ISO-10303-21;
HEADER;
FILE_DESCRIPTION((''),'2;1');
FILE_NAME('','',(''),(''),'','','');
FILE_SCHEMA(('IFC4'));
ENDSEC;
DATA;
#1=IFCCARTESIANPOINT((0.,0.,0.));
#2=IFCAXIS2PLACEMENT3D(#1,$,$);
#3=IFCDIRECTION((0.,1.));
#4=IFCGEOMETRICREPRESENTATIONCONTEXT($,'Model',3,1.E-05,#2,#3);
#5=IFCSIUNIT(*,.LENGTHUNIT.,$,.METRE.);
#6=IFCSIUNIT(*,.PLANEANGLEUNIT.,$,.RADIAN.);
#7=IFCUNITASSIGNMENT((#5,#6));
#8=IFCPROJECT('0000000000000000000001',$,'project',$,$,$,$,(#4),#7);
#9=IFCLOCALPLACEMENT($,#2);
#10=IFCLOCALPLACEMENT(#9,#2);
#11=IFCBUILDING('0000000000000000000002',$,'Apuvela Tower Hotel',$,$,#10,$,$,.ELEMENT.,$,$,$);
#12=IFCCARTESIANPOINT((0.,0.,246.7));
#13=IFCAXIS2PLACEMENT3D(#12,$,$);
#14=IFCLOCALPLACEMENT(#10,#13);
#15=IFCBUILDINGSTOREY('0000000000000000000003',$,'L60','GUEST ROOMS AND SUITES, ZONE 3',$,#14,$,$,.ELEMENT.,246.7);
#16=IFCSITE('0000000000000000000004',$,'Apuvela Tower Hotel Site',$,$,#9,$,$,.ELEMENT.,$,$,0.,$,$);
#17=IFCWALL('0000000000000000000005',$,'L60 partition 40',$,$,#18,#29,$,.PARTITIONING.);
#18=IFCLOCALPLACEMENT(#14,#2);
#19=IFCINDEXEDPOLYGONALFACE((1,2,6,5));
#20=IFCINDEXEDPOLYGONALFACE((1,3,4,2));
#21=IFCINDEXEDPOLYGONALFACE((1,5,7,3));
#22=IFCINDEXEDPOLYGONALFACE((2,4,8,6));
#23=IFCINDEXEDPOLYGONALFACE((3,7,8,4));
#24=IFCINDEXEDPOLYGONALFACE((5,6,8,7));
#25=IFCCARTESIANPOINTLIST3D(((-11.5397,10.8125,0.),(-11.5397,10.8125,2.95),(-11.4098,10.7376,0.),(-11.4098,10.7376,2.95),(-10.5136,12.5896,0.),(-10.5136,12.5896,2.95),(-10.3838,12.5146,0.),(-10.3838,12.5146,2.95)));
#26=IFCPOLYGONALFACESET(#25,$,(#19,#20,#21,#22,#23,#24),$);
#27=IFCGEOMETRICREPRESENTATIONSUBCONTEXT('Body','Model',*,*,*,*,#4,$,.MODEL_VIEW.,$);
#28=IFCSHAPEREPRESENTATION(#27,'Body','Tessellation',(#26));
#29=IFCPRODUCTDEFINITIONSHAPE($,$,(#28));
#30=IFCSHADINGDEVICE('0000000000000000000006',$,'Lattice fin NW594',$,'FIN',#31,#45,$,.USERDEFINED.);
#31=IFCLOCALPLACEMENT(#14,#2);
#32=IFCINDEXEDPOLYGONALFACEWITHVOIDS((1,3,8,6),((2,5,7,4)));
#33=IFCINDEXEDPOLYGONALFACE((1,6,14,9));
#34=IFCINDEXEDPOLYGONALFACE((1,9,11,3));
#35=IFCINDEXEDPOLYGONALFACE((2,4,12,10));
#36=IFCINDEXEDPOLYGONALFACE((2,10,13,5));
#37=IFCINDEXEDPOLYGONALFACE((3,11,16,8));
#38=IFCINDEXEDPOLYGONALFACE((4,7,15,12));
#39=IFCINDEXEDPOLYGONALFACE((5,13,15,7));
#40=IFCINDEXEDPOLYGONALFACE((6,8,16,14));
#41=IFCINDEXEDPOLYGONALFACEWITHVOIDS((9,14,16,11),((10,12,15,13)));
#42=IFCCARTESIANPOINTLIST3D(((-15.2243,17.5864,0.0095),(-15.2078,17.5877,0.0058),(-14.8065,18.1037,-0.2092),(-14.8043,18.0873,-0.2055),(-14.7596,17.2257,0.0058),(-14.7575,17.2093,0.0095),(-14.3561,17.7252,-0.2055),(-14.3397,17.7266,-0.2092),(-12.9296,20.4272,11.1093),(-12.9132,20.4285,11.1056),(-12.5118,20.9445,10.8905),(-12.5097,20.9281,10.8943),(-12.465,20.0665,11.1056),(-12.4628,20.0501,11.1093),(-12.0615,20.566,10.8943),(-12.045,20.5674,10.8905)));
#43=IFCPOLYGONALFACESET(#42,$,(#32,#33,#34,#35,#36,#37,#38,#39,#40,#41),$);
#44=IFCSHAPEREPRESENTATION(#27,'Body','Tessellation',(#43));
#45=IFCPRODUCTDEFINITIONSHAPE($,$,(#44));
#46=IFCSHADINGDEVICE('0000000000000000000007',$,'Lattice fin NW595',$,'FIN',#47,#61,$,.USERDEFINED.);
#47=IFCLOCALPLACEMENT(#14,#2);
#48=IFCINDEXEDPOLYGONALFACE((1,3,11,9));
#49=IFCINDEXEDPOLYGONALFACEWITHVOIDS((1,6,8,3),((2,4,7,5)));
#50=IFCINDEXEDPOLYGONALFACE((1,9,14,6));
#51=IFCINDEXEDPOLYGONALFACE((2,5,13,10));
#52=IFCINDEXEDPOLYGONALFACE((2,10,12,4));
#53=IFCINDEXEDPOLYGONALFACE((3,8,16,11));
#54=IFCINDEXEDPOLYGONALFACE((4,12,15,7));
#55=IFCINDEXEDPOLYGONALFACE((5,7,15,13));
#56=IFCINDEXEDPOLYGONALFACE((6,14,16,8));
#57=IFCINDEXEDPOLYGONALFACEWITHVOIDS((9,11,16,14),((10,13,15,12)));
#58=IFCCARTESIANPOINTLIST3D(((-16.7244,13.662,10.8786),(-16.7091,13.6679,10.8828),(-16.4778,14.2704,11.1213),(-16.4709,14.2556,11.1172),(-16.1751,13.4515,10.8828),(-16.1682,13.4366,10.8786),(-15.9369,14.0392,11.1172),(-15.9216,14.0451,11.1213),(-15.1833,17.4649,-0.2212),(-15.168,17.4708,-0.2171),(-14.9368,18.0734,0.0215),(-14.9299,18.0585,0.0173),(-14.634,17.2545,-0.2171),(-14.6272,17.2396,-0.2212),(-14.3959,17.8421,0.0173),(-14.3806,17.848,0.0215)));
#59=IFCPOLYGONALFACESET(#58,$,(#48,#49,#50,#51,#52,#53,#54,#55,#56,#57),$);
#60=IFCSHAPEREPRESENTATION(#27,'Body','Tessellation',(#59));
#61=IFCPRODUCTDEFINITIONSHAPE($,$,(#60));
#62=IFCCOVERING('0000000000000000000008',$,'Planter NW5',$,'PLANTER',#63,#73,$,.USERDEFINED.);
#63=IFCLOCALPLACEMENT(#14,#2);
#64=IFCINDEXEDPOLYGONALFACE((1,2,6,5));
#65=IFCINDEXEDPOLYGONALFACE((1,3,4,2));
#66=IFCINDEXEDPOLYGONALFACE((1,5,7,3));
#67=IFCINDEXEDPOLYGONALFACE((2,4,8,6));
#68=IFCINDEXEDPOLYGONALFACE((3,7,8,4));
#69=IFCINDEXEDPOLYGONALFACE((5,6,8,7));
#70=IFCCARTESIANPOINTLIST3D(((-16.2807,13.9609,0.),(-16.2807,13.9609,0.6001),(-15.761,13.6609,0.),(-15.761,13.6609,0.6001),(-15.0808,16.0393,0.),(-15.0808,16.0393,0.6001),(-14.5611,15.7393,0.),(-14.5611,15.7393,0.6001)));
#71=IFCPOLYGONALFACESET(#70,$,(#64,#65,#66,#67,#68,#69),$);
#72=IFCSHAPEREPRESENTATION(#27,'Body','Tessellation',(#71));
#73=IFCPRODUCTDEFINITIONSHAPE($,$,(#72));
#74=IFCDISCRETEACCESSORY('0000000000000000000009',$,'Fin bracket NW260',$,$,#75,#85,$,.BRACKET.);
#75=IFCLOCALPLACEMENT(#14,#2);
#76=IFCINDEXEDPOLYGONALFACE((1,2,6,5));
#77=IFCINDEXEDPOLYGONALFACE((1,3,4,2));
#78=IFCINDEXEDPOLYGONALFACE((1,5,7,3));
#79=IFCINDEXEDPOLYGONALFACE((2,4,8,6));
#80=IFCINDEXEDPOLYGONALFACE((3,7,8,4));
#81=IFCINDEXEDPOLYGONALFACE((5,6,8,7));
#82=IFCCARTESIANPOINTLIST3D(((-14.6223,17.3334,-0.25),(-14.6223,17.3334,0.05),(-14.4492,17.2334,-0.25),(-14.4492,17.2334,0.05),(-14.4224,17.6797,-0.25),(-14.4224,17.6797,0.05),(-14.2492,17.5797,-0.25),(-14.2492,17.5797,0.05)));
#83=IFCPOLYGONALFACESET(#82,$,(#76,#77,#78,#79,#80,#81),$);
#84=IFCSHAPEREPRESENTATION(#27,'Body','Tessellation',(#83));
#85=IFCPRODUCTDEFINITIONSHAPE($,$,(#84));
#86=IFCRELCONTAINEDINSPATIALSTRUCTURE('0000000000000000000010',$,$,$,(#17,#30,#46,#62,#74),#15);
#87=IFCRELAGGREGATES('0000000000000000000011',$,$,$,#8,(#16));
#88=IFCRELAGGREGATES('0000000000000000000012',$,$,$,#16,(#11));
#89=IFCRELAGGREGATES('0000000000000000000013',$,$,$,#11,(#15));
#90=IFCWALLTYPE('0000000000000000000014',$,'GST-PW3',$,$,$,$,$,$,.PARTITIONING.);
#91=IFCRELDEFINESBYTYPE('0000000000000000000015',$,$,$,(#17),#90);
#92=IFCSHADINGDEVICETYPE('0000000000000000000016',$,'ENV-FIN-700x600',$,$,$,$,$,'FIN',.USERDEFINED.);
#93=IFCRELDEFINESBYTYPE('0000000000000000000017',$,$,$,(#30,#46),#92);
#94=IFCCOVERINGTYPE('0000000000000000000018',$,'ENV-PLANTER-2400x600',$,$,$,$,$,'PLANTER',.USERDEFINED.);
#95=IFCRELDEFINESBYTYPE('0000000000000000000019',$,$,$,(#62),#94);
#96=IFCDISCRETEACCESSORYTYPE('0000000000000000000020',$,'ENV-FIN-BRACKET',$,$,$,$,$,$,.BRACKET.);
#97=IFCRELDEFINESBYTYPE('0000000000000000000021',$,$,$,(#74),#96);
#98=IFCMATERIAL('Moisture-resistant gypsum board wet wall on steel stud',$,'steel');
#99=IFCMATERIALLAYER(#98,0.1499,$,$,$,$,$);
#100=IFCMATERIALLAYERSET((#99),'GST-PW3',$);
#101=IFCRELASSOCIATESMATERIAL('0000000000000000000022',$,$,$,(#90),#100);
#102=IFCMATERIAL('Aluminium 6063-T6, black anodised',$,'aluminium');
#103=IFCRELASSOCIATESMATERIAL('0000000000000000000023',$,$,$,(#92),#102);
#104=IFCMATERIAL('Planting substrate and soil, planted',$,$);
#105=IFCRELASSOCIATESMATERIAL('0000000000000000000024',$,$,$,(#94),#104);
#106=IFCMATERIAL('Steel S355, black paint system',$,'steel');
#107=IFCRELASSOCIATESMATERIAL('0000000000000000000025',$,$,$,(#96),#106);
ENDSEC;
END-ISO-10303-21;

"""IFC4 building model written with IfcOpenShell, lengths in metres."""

from ifc_helpers import new_model, si_unit, direction, frame, frame_2d, origin, origin_2d, place, context, subcontext, project, spatial, rectangle, hollow_rectangle, extrude, material, layer, layer_set, material_profile, profile_set, type_object, element, save


model = new_model("IFC4")

# Units and contexts
model_context = context("Model", 3, precision=1e-05, world=origin(), true_north=direction((0.0, 1.0)))
body_context = subcontext(model_context, "Body", "Model", "MODEL_VIEW")
ifc_project = project(units=[si_unit("LENGTHUNIT", "METRE"), si_unit("PLANEANGLEUNIT", "RADIAN")], contexts=[model_context])

# Site, building, storey
site_placement = place(None, origin())
site = spatial("IfcSite", under=ifc_project, at=site_placement, Name="Apuvela Tower Hotel Site", CompositionType="ELEMENT", RefElevation=0.0)
building_placement = place(site_placement, origin())
building = spatial("IfcBuilding", under=site, at=building_placement, Name="Apuvela Tower Hotel", CompositionType="ELEMENT")
storey_placement = place(building_placement, frame((0.0, 0.0, 246.7)))
storey = spatial("IfcBuildingStorey", under=building, at=storey_placement, Name="L60", Description="GUEST ROOMS AND SUITES, ZONE 3", CompositionType="ELEMENT", Elevation=246.7)

# Wall
ifc_material_1 = material(Name="Moisture-resistant gypsum board wet wall on steel stud", Category="steel")
ifc_layer_1 = layer(ifc_material_1, 0.1499)
ifc_layer_set_1 = layer_set([ifc_layer_1], Name="GST-PW3")
wall_type_1 = type_object("IfcWallType", Name="GST-PW3", PredefinedType="PARTITIONING", material=ifc_layer_set_1)
wall_1_placement = place(storey_placement, frame((-10.4487, 12.552, 0.0), z_axis=(0.0, 0.0, 1.0), x_axis=(-0.500042, -0.866001, 0.0)))
element("IfcWall", 1, at=wall_1_placement, inside=storey, type_object=wall_type_1, Name="L60 partition 40", PredefinedType="PARTITIONING", context=body_context, shape_type="SweptSolid", body=[
    extrude(rectangle(XDim=2.052, YDim=0.1499, at=frame_2d((1.0259, 0.0))), origin(), (0.0, 0.0, 1.0), 2.95),
])

# Shading devices
ifc_material_2 = material(Name="Aluminium 6063-T6, black anodised", Category="aluminium")
ifc_material_profile_1 = material_profile(ifc_material_2, hollow_rectangle(XDim=0.6001, YDim=0.7, WallThickness=0.012, at=origin_2d()), Name="AL BOX 700x600x12")
ifc_profile_set_1 = profile_set([ifc_material_profile_1], Name="Aluminium 6063-T6, black anodised")
shading_device_type = type_object("IfcShadingDeviceType", Name="ENV-FIN-700x600", ElementType="FIN", PredefinedType="USERDEFINED", material=ifc_profile_set_1)
shading_device_1_placement = place(storey_placement, frame((-14.782, 17.6565, -0.0999), z_axis=(0.196376, 0.243114, 0.949912), x_axis=(-0.777919, 0.628365, 0.0)))
element("IfcShadingDevice", 2, at=shading_device_1_placement, inside=storey, type_object=shading_device_type, Name="Lattice fin NW594", ObjectType="FIN", PredefinedType="USERDEFINED", context=body_context, shape_type="SweptSolid", body=[
    extrude(hollow_rectangle(XDim=0.6001, YDim=0.7, WallThickness=0.012, at=origin_2d()), origin(), (0.0, 0.0, 1.0), 11.6851),
])
shading_device_2_placement = place(storey_placement, frame((-14.782, 17.6565, -0.0999), z_axis=(-0.130219, -0.32136, 0.937961), x_axis=(0.926801, -0.375552, 0.0)))
element("IfcShadingDevice", 3, at=shading_device_2_placement, inside=storey, type_object=shading_device_type, Name="Lattice fin NW595", ObjectType="FIN", PredefinedType="USERDEFINED", context=body_context, shape_type="SweptSolid", body=[
    extrude(hollow_rectangle(XDim=0.6001, YDim=0.7, WallThickness=0.012, at=origin_2d()), origin(), (0.0, 0.0, 1.0), 11.834),
])

# Covering
ifc_material_3 = material(Name="Planting substrate and soil, planted")
covering_type = type_object("IfcCoveringType", Name="ENV-PLANTER-2400x600", ElementType="PLANTER", PredefinedType="USERDEFINED", material=ifc_material_3)
covering_placement = place(storey_placement, frame((-15.4209, 14.8501, 0.0), z_axis=(0.0, 0.0, 1.0), x_axis=(-0.5, -0.866025, 0.0)))
element("IfcCovering", 4, at=covering_placement, inside=storey, type_object=covering_type, Name="Planter NW5", ObjectType="PLANTER", PredefinedType="USERDEFINED", context=body_context, shape_type="SweptSolid", body=[
    extrude(rectangle(XDim=2.3999, YDim=0.6001, at=origin_2d()), origin(), (0.0, 0.0, 1.0), 0.6001),
])

# Discrete accessory
ifc_material_4 = material(Name="Steel S355, black paint system", Category="steel")
discrete_accessory_type = type_object("IfcDiscreteAccessoryType", Name="ENV-FIN-BRACKET", PredefinedType="BRACKET", material=ifc_material_4)
discrete_accessory_placement = place(storey_placement, frame((-14.4358, 17.4565, -0.25), z_axis=(0.0, 0.0, 1.0), x_axis=(-0.5, -0.866025, 0.0)))
element("IfcDiscreteAccessory", 5, at=discrete_accessory_placement, inside=storey, type_object=discrete_accessory_type, Name="Fin bracket NW260", PredefinedType="BRACKET", context=body_context, shape_type="SweptSolid", body=[
    extrude(rectangle(XDim=0.3999, YDim=0.2, at=origin_2d()), origin(), (0.0, 0.0, 1.0), 0.3),
])

save(model, "model.ifc")
